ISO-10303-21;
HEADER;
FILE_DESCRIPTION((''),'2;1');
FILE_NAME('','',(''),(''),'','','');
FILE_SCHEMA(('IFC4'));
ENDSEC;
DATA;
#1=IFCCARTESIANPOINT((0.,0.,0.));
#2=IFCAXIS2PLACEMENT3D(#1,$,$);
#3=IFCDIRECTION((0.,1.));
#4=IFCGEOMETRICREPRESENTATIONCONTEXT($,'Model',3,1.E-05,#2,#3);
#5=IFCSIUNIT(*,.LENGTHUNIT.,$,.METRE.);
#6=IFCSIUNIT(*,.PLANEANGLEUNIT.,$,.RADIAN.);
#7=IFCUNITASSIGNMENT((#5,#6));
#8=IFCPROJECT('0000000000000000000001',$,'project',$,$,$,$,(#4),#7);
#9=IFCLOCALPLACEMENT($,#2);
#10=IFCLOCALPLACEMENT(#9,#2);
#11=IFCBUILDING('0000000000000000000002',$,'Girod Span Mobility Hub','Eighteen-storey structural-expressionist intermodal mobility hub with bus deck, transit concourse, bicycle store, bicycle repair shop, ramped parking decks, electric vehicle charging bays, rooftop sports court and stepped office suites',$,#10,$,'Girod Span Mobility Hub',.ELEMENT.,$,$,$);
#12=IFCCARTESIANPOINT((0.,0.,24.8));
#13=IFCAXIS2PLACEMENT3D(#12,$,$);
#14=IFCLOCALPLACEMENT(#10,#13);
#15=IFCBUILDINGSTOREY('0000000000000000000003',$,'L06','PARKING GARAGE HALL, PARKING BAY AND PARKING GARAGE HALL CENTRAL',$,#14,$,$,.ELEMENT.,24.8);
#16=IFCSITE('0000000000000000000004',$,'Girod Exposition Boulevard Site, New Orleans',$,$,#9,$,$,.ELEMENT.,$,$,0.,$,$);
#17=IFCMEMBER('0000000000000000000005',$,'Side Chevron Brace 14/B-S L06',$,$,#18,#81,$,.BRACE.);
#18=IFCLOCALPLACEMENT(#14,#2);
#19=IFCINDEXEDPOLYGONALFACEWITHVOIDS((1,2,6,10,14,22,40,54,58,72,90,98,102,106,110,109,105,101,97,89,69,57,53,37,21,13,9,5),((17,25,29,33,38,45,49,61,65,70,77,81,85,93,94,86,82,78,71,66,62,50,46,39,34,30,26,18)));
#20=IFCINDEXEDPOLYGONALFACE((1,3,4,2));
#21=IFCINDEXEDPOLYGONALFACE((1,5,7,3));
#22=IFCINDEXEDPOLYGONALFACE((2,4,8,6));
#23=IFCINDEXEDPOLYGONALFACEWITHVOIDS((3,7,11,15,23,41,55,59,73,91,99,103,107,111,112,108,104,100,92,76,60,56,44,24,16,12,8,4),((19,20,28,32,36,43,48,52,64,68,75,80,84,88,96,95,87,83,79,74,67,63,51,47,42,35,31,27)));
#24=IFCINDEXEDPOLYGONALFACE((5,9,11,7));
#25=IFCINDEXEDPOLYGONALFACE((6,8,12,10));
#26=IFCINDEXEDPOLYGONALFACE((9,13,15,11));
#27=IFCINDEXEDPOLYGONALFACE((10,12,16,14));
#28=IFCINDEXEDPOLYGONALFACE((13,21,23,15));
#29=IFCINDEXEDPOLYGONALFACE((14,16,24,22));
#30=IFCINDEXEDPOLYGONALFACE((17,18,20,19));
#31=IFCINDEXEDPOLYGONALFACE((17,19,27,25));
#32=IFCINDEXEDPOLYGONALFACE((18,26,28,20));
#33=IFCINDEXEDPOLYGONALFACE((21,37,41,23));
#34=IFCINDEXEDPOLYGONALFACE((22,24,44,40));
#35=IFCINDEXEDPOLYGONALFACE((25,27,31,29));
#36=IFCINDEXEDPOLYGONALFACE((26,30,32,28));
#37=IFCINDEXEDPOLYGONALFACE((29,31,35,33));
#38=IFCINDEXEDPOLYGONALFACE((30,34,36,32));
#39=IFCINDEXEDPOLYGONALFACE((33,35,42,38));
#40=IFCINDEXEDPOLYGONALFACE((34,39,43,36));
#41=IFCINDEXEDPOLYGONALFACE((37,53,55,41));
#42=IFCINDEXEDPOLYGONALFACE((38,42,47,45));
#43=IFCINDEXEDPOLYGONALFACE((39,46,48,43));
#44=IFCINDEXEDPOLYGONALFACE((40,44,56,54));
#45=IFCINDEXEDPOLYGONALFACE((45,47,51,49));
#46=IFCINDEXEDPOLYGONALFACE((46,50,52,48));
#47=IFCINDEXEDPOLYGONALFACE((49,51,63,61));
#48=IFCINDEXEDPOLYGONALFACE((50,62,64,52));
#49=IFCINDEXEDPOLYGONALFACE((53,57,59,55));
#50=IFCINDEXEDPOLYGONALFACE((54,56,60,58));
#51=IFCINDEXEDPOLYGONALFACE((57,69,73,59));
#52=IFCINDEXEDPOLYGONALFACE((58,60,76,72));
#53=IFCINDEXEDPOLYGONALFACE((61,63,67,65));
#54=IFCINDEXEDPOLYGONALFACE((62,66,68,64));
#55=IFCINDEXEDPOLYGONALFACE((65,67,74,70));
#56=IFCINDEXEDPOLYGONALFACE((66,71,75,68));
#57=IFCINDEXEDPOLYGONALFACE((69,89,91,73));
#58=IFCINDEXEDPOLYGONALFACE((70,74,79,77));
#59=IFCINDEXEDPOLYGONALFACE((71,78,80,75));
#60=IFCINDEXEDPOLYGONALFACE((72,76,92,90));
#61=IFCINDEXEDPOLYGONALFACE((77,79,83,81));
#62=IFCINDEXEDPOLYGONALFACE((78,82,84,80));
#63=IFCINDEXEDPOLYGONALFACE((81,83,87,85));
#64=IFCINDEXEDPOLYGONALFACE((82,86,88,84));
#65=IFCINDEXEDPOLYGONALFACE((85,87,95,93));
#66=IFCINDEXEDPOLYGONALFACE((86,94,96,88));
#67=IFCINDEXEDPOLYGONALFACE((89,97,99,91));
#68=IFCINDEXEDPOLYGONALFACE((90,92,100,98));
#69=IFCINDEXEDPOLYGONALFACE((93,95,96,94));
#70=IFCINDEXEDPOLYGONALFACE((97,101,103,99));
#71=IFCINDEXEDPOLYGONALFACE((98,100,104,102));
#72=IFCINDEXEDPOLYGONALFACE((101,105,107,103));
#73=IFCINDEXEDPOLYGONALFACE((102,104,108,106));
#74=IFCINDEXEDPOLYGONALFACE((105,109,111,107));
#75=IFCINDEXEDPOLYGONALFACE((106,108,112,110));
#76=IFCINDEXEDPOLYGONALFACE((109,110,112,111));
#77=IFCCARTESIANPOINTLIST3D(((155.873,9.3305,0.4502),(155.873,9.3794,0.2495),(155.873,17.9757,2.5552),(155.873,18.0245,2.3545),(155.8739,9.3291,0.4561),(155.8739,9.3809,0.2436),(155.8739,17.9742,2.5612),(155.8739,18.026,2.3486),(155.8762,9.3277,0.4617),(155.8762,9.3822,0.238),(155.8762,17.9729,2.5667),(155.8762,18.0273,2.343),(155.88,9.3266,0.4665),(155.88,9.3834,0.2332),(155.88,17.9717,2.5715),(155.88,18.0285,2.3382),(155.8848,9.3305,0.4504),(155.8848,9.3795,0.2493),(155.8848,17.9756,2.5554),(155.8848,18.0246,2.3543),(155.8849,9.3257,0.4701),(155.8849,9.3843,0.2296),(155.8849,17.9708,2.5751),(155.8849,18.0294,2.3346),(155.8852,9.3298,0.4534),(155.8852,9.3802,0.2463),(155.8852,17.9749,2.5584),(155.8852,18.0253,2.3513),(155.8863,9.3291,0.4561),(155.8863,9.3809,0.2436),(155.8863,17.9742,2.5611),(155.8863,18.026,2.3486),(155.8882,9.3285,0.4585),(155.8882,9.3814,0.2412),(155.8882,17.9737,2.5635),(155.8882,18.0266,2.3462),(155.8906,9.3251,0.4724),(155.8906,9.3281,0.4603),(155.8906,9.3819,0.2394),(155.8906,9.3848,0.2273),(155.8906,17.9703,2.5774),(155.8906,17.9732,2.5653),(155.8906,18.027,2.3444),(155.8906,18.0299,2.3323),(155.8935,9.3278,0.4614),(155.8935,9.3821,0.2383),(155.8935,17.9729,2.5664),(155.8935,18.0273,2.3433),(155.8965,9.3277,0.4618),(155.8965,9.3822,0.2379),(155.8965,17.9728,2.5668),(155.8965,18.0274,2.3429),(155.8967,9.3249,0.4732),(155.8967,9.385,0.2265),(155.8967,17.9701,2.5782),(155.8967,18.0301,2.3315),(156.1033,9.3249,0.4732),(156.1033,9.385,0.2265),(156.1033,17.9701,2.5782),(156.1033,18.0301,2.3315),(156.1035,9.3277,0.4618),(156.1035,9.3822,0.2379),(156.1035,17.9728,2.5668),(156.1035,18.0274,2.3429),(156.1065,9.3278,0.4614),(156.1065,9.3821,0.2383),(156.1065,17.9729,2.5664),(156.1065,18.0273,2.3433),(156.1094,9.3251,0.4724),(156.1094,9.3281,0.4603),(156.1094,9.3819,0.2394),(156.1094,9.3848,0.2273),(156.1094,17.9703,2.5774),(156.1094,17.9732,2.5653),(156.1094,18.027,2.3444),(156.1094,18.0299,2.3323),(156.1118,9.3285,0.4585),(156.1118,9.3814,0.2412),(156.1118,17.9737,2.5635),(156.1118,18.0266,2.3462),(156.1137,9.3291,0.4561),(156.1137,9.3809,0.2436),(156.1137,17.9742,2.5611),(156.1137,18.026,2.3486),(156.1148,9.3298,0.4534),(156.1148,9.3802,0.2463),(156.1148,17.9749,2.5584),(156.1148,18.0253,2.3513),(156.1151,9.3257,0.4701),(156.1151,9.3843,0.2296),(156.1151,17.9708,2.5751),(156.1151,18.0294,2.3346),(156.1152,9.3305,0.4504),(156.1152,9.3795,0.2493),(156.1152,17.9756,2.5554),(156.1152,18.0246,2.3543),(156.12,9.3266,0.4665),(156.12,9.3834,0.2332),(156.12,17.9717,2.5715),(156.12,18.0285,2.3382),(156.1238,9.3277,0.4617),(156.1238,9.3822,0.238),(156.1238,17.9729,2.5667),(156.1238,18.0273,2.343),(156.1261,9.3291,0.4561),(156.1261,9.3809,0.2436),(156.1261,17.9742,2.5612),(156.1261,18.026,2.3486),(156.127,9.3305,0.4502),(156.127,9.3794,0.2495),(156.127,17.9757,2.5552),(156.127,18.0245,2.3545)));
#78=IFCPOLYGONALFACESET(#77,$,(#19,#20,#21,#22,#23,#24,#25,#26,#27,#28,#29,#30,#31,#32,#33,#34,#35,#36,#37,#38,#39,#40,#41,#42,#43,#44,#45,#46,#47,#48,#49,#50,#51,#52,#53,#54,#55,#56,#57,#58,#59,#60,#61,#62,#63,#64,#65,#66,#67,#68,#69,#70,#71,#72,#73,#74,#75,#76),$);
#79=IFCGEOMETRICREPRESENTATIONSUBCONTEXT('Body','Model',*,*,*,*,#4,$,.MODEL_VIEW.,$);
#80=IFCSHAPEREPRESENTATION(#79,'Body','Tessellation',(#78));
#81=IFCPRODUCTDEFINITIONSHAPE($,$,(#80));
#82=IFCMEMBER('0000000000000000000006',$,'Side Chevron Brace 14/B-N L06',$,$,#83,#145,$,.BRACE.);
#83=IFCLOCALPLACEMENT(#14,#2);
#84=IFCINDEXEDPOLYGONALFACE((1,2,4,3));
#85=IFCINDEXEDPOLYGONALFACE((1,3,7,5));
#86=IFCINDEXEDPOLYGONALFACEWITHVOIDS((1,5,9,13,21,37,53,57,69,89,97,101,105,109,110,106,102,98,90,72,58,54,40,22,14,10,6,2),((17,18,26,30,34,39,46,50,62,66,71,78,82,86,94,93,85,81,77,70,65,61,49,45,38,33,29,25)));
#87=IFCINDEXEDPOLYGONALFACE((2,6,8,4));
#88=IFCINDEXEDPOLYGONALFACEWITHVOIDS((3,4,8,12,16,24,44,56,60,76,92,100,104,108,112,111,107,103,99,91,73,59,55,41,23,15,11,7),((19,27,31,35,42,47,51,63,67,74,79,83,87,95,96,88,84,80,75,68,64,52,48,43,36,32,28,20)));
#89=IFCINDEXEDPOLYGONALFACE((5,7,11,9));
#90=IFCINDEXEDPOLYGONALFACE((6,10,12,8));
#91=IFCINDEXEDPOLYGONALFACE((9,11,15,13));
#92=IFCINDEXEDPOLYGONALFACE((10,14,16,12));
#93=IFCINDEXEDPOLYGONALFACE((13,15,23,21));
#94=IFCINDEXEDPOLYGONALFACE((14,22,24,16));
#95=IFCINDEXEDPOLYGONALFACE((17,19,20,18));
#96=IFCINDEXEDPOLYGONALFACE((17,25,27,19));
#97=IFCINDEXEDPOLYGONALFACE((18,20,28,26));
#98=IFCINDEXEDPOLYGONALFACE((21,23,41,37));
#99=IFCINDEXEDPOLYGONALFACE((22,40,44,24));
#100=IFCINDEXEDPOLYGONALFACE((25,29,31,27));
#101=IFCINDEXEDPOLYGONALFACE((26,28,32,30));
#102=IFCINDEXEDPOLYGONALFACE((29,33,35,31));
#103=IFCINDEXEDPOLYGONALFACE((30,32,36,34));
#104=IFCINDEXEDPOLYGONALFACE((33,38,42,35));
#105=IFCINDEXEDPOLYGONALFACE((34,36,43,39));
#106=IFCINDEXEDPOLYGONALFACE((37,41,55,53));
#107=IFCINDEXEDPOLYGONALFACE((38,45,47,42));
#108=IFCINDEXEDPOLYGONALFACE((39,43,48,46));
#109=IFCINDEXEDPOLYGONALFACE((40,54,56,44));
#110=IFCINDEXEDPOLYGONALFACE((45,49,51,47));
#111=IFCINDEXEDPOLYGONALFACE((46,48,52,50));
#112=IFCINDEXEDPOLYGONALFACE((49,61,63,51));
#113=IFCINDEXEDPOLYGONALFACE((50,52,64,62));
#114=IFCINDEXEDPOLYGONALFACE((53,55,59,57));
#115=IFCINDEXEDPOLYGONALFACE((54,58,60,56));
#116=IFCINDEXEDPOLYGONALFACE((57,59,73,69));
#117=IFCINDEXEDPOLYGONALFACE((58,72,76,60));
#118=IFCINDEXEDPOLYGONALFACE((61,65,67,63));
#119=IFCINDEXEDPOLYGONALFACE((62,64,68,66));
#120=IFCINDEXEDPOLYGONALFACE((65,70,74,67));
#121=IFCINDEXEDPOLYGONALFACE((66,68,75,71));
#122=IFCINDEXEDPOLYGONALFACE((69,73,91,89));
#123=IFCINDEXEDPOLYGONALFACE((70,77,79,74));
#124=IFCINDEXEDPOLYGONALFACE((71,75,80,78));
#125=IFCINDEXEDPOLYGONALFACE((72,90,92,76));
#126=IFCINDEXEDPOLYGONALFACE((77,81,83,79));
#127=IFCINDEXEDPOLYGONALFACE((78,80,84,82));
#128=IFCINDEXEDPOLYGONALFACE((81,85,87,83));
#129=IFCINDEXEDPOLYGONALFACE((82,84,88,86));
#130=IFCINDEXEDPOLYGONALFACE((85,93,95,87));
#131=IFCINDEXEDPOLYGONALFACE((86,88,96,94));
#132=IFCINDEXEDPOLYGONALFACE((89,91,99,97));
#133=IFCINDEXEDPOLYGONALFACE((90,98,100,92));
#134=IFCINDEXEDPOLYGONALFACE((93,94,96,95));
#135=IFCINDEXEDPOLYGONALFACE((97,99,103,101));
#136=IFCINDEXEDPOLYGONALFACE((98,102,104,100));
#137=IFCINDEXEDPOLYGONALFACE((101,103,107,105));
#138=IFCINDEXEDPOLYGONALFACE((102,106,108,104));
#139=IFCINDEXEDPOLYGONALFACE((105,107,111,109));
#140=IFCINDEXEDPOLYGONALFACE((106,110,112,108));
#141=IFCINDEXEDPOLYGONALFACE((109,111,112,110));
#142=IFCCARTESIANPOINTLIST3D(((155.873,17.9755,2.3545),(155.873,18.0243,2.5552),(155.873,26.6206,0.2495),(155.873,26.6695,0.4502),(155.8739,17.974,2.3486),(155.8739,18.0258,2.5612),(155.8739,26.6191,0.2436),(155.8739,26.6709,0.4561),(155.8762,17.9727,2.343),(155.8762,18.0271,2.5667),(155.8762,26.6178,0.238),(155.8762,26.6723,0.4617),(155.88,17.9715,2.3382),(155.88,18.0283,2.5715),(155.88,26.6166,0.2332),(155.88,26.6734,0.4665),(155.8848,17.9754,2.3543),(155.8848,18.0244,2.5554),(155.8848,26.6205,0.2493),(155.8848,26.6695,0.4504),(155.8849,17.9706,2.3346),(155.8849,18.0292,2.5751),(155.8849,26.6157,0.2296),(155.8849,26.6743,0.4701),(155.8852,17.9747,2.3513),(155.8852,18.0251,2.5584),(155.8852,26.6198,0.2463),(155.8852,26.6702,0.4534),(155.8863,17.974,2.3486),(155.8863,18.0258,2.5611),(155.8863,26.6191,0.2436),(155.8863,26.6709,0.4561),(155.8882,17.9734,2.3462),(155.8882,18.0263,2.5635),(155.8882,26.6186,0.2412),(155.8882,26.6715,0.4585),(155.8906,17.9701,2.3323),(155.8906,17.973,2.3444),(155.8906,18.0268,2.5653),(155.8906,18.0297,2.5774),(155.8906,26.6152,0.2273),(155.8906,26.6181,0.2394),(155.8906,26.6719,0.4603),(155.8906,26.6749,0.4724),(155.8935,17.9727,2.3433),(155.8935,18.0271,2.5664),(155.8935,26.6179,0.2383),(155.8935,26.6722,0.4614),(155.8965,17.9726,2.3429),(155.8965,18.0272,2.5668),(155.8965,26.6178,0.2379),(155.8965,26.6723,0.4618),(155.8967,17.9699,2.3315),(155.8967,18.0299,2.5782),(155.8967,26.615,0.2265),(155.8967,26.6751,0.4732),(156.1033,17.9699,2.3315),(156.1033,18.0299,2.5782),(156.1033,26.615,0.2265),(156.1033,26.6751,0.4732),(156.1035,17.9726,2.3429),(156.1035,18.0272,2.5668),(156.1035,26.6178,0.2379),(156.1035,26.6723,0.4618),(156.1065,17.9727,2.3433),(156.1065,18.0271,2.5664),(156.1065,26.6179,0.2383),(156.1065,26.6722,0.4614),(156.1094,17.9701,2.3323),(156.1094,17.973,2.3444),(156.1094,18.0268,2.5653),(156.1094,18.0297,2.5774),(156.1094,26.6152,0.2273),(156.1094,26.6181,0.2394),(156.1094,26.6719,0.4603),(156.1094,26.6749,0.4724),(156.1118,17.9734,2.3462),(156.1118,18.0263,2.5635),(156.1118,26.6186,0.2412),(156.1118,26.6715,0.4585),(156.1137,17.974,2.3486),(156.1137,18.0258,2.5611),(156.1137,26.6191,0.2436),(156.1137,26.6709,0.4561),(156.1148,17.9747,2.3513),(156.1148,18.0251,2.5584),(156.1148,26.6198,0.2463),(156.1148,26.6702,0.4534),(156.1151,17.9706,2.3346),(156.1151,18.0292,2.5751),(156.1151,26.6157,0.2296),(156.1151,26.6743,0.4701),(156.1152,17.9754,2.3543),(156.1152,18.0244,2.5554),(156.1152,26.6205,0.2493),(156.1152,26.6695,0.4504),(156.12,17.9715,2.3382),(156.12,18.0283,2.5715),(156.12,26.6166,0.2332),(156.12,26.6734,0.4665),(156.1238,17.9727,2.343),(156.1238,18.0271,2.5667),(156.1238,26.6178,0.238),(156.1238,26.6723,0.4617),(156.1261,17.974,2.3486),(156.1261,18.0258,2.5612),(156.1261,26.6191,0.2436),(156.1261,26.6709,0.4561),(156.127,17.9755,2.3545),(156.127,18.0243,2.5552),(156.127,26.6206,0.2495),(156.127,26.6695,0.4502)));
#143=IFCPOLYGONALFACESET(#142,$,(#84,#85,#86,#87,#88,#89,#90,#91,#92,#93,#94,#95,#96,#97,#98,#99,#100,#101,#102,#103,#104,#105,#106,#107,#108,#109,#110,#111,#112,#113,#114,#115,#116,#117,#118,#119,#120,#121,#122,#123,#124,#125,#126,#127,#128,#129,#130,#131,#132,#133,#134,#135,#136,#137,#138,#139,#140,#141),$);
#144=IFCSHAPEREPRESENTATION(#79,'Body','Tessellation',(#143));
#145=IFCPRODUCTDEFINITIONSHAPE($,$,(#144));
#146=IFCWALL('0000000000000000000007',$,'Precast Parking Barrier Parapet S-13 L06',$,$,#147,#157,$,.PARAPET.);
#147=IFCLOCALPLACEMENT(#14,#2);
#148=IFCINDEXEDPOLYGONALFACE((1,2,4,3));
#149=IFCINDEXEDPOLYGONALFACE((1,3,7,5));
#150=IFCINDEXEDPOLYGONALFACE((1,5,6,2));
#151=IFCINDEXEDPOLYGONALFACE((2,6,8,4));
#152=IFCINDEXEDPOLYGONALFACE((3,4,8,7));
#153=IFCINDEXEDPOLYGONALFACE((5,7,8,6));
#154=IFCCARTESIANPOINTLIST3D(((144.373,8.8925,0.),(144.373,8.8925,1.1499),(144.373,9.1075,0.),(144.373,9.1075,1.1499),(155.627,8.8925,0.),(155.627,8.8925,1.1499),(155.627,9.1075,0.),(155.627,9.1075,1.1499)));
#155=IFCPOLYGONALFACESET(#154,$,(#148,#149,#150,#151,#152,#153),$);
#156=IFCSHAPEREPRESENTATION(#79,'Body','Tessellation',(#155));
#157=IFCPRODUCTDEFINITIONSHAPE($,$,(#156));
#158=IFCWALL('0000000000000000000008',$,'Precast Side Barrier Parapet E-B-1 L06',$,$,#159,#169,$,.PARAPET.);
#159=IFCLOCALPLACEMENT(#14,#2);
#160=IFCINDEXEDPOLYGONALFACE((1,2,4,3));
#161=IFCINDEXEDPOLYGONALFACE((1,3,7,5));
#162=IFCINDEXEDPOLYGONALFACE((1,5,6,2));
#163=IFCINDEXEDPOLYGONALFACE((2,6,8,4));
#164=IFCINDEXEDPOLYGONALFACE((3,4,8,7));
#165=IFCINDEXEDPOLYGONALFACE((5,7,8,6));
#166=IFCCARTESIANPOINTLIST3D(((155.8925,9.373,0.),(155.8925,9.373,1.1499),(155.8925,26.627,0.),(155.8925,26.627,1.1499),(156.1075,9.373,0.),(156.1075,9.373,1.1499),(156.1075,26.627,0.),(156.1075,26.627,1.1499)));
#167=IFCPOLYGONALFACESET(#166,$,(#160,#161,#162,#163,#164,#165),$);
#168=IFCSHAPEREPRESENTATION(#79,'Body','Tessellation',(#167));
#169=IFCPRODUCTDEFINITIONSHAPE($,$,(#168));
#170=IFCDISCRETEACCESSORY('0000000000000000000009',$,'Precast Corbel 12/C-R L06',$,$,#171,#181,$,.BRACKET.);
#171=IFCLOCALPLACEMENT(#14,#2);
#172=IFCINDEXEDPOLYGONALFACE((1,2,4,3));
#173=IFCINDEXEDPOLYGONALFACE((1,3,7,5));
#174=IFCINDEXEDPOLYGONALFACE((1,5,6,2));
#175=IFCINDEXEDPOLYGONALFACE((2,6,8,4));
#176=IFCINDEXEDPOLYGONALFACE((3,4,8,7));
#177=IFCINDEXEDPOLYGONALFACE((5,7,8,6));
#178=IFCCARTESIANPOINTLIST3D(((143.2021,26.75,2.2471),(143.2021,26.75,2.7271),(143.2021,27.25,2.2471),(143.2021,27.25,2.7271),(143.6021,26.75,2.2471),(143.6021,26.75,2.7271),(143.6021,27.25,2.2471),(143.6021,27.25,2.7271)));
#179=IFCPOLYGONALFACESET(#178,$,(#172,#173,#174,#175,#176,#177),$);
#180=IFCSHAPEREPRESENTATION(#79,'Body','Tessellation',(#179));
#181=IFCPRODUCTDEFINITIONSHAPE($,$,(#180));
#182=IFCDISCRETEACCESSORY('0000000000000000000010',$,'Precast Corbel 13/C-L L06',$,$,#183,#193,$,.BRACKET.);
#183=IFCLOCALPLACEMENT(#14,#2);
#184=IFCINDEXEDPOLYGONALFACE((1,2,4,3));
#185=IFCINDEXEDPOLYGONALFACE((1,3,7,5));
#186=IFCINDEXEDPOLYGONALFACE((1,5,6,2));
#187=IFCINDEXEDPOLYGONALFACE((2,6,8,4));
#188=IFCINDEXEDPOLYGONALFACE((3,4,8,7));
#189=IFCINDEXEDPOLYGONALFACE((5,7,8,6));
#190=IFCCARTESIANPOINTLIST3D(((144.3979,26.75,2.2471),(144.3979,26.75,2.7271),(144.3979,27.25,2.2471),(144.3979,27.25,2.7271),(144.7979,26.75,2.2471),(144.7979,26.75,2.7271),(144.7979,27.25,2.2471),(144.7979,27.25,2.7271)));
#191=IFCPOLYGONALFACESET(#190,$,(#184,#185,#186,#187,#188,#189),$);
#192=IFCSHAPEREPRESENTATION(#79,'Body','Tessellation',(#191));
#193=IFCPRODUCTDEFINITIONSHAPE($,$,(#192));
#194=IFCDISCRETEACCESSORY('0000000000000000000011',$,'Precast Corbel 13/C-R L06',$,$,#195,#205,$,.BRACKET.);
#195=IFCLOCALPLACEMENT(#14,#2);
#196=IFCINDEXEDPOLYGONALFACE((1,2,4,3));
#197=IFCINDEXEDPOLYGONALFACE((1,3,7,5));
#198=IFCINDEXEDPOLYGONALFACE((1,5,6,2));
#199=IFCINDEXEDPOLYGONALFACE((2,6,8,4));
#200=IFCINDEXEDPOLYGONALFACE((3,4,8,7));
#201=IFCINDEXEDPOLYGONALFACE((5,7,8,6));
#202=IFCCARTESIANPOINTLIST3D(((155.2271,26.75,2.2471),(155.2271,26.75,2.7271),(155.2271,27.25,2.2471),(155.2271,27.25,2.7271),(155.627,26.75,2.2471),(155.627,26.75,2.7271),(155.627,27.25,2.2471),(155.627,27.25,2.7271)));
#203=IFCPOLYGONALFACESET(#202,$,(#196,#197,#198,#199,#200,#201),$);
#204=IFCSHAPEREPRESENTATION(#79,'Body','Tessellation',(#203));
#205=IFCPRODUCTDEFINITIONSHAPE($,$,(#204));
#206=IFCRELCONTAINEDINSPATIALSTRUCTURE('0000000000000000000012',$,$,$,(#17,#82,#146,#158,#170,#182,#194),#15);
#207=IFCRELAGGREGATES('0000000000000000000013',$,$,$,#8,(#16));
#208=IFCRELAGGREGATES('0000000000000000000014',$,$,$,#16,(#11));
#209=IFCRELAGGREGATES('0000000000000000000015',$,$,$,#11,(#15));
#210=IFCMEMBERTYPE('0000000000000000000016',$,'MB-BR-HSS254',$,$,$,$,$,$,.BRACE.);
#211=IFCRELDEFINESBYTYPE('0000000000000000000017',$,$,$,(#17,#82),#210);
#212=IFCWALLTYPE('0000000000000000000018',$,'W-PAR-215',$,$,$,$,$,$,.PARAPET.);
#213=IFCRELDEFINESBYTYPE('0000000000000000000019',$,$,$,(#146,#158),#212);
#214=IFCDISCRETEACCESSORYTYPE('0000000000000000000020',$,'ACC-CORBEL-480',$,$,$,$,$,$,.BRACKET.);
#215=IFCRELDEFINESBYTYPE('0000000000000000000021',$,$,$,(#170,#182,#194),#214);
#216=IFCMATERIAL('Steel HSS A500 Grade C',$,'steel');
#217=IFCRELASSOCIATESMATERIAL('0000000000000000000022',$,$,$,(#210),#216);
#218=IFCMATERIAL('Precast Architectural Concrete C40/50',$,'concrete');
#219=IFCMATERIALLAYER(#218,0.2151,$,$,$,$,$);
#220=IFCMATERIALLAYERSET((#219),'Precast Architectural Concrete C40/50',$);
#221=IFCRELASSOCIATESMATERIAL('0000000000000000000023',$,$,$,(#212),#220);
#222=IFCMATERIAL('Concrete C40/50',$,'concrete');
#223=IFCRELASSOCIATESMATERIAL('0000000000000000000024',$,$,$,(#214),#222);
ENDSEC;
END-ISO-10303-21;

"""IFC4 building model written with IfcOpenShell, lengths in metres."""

from ifc_helpers import new_model, si_unit, direction, frame, frame_2d, origin, origin_2d, place, context, subcontext, project, spatial, rectangle, hollow_rectangle, extrude, material, layer, layer_set, material_profile, profile_set, type_object, element, save


model = new_model("IFC4")

# Units and contexts
model_context = context("Model", 3, precision=1e-05, world=origin(), true_north=direction((0.0, 1.0)))
body_context = subcontext(model_context, "Body", "Model", "MODEL_VIEW")
ifc_project = project(units=[si_unit("LENGTHUNIT", "METRE"), si_unit("PLANEANGLEUNIT", "RADIAN")], contexts=[model_context])

# Site, building, storey
site_placement = place(None, origin())
site = spatial("IfcSite", under=ifc_project, at=site_placement, Name="Girod Exposition Boulevard Site, New Orleans", CompositionType="ELEMENT", RefElevation=0.0)
building_placement = place(site_placement, origin())
building = spatial("IfcBuilding", under=site, at=building_placement, Name="Girod Span Mobility Hub", Description="Eighteen-storey structural-expressionist intermodal mobility hub with bus deck, transit concourse, bicycle store, bicycle repair shop, ramped parking decks, electric vehicle charging bays, rooftop sports court and stepped office suites", LongName="Girod Span Mobility Hub", CompositionType="ELEMENT")
storey_placement = place(building_placement, frame((0.0, 0.0, 24.8)))
storey = spatial("IfcBuildingStorey", under=building, at=storey_placement, Name="L06", Description="PARKING GARAGE HALL, PARKING BAY AND PARKING GARAGE HALL CENTRAL", CompositionType="ELEMENT", Elevation=24.8)

# Members
ifc_material_1 = material(Name="Steel HSS A500 Grade C", Category="steel")
ifc_material_profile_1 = material_profile(ifc_material_1, hollow_rectangle(XDim=0.2539, YDim=0.2539, WallThickness=0.0117, InnerFilletRadius=0.0117, OuterFilletRadius=0.0237, at=origin_2d()), Name="HSS254X254X12.7")
ifc_profile_set_1 = profile_set([ifc_material_profile_1], Name="Steel HSS A500 Grade C")
member_type = type_object("IfcMemberType", Name="MB-BR-HSS254", PredefinedType="BRACE", material=ifc_profile_set_1)
for number, where, z_axis, x_axis, name in (
    (1, (156.0, 9.355, 0.3499), (0.0, 0.971612, 0.236578), (-1.0, 0.0, 0.0), "Side Chevron Brace 14/B-S L06"),
    (2, (156.0, 26.645, 0.3499), (0.0, -0.971612, 0.236578), (1.0, 0.0, 0.0), "Side Chevron Brace 14/B-N L06"),
):
    element("IfcMember", number, at=place(storey_placement, frame(where, z_axis=z_axis, x_axis=x_axis)), inside=storey, type_object=member_type, Name=name, PredefinedType="BRACE", context=body_context, shape_type="SweptSolid", body=[
        extrude(hollow_rectangle(XDim=0.2539, YDim=0.2539, WallThickness=0.0117, InnerFilletRadius=0.0117, OuterFilletRadius=0.0237, at=origin_2d()), origin(), (0.0, 0.0, 1.0), 8.8977),
    ])

# Walls
ifc_material_2 = material(Name="Precast Architectural Concrete C40/50", Category="concrete")
ifc_layer = layer(ifc_material_2, 0.2151)
ifc_layer_set = layer_set([ifc_layer], Name="Precast Architectural Concrete C40/50")
wall_type = type_object("IfcWallType", Name="W-PAR-215", PredefinedType="PARAPET", material=ifc_layer_set)
wall_1_placement = place(storey_placement, frame((144.373, 9.0, 0.0), z_axis=(0.0, 0.0, 1.0), x_axis=(1.0, 0.0, 0.0)))
element("IfcWall", 3, at=wall_1_placement, inside=storey, type_object=wall_type, Name="Precast Parking Barrier Parapet S-13 L06", PredefinedType="PARAPET", context=body_context, shape_type="SweptSolid", body=[
    extrude(rectangle(XDim=11.2539, YDim=0.2151, at=frame_2d((5.627, 0.0))), origin(), (0.0, 0.0, 1.0), 1.1499),
])
wall_2_placement = place(storey_placement, frame((156.0, 9.373, 0.0), z_axis=(0.0, 0.0, 1.0), x_axis=(0.0, 1.0, 0.0)))
element("IfcWall", 4, at=wall_2_placement, inside=storey, type_object=wall_type, Name="Precast Side Barrier Parapet E-B-1 L06", PredefinedType="PARAPET", context=body_context, shape_type="SweptSolid", body=[
    extrude(rectangle(XDim=17.2539, YDim=0.2151, at=frame_2d((8.627, 0.0))), origin(), (0.0, 0.0, 1.0), 1.1499),
])

# Discrete accessories
ifc_material_3 = material(Name="Concrete C40/50", Category="concrete")
discrete_accessory_type = type_object("IfcDiscreteAccessoryType", Name="ACC-CORBEL-480", PredefinedType="BRACKET", material=ifc_material_3)
for number, where, z_axis, x_axis, name in (
    (5, (143.4021, 27.0, 2.2471), (0.0, 0.0, 1.0), (1.0, 0.0, 0.0), "Precast Corbel 12/C-R L06"),
    (6, (144.5979, 27.0, 2.2471), (0.0, 0.0, 1.0), (1.0, 0.0, 0.0), "Precast Corbel 13/C-L L06"),
    (7, (155.427, 27.0, 2.2471), (0.0, 0.0, 1.0), (1.0, 0.0, 0.0), "Precast Corbel 13/C-R L06"),
):
    element("IfcDiscreteAccessory", number, at=place(storey_placement, frame(where, z_axis=z_axis, x_axis=x_axis)), inside=storey, type_object=discrete_accessory_type, Name=name, PredefinedType="BRACKET", context=body_context, shape_type="SweptSolid", body=[
        extrude(rectangle(XDim=0.3999, YDim=0.5, at=origin_2d()), origin(), (0.0, 0.0, 1.0), 0.48),
    ])

save(model, "model.ifc")
